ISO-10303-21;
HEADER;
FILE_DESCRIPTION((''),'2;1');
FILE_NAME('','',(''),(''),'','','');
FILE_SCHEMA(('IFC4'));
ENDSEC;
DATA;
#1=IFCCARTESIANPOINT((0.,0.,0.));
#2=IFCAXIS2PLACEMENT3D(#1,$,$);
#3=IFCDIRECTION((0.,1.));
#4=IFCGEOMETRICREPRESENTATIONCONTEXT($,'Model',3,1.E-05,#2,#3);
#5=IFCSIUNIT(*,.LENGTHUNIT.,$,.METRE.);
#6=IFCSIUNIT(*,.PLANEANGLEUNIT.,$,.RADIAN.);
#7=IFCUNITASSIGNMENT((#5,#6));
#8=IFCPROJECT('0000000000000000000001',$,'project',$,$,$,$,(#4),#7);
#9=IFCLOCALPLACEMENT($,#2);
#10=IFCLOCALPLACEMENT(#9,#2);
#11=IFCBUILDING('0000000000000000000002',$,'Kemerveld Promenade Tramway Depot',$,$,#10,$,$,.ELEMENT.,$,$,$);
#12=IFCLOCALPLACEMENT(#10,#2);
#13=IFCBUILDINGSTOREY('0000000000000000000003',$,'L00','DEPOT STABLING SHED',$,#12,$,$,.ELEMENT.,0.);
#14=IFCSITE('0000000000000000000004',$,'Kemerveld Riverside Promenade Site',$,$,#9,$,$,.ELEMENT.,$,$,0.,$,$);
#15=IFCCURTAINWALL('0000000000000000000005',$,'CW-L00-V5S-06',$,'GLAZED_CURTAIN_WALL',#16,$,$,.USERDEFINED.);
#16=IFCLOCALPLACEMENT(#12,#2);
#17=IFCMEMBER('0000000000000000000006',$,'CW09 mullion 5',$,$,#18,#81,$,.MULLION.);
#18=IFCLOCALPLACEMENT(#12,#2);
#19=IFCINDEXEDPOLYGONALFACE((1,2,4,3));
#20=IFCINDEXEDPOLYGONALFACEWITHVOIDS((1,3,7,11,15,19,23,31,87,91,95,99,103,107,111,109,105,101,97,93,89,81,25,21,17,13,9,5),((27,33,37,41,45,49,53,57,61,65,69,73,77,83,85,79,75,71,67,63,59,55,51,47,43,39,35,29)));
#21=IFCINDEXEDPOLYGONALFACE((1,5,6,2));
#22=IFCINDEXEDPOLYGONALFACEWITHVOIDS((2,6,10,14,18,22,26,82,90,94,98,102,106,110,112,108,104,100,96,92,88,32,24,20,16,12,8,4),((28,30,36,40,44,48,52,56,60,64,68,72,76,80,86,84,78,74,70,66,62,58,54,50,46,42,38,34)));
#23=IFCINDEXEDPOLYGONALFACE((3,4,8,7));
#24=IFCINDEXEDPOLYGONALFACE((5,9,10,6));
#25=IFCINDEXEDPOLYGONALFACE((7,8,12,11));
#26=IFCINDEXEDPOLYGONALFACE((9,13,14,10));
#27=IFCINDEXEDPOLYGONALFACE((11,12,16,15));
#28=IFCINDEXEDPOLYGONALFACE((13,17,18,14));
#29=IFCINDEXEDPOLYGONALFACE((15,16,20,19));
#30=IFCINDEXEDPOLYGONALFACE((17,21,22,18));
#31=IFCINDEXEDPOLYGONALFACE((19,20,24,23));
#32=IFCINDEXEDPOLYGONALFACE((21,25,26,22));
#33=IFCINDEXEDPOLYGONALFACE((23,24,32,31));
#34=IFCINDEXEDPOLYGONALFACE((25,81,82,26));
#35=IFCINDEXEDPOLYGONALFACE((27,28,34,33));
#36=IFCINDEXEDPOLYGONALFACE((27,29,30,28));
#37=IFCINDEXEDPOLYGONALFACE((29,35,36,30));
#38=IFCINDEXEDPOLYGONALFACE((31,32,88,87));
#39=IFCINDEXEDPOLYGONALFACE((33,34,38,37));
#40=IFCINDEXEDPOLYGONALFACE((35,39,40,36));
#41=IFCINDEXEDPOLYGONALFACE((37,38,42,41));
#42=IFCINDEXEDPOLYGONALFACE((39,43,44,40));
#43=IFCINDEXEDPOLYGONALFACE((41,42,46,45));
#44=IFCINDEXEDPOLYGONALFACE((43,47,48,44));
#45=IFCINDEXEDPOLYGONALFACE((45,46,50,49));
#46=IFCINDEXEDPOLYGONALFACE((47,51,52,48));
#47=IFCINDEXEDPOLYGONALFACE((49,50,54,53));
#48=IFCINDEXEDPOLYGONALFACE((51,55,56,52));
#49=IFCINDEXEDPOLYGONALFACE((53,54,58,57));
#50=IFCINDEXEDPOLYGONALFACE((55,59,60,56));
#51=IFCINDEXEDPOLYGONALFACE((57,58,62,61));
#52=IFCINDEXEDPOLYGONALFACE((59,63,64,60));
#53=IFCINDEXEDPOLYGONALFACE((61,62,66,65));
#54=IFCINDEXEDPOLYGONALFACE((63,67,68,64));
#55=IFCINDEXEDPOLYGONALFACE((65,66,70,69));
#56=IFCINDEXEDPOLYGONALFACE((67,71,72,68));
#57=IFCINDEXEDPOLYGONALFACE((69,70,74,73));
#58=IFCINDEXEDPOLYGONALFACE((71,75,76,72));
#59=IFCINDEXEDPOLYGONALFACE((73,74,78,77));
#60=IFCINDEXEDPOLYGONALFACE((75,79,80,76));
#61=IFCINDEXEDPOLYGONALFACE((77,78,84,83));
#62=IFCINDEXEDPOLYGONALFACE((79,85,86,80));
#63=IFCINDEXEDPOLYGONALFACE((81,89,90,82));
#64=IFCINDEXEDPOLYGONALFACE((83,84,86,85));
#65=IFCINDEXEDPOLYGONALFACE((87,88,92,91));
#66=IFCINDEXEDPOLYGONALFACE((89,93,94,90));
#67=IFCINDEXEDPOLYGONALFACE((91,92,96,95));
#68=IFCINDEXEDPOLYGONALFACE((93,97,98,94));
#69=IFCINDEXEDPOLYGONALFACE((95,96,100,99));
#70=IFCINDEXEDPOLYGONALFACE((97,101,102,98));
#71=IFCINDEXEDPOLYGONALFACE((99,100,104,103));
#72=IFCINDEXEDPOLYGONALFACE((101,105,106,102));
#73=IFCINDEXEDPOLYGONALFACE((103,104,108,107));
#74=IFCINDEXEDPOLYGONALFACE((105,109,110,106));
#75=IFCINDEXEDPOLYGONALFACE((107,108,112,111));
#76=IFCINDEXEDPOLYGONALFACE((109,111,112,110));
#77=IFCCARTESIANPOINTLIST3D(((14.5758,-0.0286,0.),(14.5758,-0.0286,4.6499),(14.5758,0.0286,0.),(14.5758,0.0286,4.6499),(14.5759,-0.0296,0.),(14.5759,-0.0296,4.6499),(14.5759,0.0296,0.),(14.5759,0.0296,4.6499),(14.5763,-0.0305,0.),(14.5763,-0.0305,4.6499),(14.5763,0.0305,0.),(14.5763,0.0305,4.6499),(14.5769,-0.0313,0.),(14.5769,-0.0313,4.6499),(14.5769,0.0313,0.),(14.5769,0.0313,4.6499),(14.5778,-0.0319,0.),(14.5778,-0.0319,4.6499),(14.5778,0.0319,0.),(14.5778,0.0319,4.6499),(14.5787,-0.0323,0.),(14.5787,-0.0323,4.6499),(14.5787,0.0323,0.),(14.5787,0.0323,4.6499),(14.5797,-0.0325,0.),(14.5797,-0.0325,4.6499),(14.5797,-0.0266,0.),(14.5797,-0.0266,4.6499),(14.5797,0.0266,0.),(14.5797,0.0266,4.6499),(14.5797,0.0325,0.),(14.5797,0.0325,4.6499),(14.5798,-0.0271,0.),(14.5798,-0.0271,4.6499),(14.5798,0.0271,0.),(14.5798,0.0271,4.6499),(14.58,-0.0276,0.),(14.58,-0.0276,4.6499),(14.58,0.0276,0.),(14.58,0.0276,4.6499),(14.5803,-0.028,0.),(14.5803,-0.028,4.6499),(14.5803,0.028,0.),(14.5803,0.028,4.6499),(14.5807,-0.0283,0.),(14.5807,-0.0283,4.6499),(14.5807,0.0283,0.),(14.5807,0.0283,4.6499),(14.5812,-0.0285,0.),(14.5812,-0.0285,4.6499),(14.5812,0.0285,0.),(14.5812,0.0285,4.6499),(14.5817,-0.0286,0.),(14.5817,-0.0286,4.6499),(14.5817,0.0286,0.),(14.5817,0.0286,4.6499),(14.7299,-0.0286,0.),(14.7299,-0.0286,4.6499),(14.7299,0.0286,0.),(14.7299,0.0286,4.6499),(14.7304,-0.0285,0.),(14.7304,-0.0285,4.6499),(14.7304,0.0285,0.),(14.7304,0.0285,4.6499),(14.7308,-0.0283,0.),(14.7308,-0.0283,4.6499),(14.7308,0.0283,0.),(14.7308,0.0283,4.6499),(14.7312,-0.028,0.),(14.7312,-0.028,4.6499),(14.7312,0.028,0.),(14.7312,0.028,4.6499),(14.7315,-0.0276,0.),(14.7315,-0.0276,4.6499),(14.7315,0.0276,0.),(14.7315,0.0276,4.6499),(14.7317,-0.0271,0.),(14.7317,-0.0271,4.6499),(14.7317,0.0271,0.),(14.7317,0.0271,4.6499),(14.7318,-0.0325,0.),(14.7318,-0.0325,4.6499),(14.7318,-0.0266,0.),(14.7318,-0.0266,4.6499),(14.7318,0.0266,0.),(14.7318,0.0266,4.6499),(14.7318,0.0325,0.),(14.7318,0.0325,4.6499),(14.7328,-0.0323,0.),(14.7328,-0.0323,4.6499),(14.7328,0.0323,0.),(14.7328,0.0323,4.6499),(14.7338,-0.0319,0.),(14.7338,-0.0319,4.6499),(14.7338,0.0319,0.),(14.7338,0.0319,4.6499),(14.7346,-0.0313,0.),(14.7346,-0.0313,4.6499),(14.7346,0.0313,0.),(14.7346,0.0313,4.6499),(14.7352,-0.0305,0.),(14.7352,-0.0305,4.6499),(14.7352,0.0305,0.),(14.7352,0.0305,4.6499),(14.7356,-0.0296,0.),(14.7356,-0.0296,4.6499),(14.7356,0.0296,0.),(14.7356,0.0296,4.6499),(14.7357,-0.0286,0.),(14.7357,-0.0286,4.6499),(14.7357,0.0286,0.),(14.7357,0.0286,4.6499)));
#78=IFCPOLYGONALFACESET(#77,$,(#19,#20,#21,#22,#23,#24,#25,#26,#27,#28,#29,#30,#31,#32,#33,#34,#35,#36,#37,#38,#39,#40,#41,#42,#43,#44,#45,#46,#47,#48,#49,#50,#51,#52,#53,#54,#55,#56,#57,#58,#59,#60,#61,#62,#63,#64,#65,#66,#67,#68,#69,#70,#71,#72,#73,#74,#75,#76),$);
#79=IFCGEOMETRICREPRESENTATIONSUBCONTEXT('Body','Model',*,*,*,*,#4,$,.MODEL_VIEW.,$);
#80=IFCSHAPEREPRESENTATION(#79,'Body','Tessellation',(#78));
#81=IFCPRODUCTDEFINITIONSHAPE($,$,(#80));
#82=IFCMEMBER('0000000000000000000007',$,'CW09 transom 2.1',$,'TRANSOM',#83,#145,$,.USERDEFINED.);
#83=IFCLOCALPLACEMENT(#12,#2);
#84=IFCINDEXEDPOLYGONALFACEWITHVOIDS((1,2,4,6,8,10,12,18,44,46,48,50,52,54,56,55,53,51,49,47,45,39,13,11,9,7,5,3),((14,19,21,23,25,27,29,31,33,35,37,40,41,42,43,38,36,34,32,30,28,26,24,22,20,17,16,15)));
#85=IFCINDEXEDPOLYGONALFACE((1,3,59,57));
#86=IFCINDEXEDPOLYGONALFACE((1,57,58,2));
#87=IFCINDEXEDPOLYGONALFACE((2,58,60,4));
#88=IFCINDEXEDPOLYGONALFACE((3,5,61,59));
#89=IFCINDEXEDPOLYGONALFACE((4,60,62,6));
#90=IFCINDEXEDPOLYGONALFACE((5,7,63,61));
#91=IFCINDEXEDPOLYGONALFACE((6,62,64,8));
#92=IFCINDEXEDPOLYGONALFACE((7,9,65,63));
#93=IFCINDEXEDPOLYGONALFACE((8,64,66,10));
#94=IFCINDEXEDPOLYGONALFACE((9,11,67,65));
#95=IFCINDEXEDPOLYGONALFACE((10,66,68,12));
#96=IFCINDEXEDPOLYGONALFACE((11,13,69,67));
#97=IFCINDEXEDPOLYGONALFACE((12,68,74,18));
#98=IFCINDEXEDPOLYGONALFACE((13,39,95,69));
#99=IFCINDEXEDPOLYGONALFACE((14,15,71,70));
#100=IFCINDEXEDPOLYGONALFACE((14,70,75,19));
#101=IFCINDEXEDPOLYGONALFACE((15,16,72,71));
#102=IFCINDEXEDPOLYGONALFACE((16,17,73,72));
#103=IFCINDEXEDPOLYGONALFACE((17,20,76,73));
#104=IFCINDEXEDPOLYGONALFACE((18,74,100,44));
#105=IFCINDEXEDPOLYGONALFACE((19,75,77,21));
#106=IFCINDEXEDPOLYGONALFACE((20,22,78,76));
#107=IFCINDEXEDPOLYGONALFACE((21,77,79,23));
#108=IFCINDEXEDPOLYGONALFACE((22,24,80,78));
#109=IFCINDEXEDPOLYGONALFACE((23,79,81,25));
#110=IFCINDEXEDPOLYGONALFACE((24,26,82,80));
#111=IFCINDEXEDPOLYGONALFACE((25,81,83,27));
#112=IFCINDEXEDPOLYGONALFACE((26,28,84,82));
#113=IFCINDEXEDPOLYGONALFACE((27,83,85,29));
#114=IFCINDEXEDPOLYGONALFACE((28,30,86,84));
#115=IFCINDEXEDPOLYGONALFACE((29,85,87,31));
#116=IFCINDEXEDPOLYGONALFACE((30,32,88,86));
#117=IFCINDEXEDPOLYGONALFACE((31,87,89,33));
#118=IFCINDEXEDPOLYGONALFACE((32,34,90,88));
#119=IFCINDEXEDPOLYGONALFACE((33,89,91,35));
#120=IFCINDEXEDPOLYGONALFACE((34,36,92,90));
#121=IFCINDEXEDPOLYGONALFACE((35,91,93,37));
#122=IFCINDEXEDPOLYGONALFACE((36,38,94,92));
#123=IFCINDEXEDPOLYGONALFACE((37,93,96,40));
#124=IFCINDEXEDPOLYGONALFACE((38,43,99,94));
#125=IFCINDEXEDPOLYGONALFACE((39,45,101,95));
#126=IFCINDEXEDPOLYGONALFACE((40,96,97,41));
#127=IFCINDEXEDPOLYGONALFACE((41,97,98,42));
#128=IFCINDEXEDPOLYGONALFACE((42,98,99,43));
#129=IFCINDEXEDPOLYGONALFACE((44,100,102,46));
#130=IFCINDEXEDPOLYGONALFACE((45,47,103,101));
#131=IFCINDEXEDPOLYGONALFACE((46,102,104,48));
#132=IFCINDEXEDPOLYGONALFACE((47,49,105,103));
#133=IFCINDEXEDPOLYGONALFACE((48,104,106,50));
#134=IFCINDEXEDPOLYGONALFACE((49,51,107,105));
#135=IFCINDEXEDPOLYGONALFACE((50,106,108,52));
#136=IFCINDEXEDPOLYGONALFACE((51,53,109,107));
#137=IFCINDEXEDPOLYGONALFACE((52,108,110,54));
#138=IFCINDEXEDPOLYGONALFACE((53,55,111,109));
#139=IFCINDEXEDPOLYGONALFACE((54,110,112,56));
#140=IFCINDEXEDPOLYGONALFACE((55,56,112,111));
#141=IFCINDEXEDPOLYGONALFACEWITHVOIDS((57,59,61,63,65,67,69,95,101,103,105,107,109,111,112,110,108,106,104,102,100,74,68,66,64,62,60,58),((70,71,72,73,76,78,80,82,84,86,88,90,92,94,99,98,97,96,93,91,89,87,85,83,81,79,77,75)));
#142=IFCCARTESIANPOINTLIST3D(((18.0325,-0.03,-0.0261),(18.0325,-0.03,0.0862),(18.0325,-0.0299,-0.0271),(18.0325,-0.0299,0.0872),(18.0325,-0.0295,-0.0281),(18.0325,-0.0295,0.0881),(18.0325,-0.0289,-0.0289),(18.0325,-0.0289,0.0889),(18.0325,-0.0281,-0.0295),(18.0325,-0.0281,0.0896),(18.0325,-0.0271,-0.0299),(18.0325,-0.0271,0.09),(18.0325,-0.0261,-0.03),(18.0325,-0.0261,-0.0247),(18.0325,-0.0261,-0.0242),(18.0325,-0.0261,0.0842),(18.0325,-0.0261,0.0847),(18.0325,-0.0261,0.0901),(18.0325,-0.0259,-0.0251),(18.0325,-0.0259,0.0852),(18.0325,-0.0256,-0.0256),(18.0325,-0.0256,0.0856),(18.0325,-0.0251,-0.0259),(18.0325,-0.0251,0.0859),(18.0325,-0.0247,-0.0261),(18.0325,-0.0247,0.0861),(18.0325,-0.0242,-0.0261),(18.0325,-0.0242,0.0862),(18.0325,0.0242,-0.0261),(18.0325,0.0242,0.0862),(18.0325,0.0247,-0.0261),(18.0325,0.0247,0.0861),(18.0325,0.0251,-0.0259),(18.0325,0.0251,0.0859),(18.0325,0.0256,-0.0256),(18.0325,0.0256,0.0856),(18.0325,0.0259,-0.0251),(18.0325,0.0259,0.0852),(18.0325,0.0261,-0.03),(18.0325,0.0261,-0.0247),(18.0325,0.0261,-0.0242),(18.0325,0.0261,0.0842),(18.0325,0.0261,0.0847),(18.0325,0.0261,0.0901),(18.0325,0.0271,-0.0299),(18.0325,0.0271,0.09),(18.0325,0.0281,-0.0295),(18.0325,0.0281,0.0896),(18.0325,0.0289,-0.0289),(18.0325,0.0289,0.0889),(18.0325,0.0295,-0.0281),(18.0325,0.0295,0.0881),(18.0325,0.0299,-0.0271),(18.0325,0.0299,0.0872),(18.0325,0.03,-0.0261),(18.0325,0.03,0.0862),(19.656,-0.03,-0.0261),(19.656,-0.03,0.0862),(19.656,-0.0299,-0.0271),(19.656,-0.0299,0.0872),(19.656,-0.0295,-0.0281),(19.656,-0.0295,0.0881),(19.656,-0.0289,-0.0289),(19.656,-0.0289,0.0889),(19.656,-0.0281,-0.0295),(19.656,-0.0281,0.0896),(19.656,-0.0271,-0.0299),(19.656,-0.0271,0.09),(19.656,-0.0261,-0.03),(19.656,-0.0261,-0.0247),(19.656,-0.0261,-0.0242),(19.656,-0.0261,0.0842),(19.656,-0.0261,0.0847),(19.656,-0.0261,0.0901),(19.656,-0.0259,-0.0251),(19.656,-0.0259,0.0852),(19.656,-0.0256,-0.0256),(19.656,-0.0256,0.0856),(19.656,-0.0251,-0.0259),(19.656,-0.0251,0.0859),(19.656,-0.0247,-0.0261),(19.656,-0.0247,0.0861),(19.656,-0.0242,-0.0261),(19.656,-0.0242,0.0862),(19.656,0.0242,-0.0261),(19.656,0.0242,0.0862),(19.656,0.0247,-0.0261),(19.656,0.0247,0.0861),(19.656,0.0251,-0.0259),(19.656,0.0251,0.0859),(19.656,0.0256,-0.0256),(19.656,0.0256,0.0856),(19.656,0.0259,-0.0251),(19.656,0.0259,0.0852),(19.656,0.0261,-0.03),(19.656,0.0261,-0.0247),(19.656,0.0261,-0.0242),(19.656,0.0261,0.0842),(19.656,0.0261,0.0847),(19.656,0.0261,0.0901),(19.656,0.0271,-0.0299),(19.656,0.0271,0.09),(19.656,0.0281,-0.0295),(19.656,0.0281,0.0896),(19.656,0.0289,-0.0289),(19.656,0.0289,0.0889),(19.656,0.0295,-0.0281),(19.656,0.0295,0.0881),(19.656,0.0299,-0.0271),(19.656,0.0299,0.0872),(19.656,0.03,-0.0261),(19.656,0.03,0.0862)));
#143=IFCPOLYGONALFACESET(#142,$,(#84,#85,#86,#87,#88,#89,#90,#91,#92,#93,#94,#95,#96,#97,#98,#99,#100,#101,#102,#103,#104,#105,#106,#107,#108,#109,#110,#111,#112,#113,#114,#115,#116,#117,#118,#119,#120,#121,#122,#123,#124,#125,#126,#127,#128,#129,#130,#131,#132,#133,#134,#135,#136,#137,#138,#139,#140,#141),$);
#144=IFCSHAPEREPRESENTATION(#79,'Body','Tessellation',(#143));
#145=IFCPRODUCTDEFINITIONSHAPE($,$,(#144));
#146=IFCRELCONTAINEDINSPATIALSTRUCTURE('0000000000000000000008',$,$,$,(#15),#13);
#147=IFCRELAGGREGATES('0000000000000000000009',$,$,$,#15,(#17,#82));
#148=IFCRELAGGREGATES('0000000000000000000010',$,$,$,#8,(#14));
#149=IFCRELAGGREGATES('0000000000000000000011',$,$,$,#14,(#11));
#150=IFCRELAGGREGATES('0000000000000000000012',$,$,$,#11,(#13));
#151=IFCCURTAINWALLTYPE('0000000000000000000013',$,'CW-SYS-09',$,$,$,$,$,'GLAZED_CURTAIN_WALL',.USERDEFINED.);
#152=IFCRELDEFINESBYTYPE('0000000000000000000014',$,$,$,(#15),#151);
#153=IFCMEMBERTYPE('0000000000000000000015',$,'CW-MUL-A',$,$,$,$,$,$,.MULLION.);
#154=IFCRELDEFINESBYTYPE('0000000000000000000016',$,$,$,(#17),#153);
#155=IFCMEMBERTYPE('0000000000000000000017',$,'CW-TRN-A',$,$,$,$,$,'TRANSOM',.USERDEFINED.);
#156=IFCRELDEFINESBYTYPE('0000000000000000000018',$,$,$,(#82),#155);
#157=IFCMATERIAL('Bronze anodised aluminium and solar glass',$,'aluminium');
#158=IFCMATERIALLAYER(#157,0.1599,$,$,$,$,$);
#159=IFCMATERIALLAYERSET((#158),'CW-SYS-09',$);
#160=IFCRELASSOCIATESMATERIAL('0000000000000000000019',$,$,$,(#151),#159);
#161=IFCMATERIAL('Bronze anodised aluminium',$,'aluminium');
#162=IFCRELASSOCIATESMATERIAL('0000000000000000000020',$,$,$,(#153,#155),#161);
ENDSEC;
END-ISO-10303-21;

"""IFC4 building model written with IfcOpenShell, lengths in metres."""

from ifc_helpers import new_model, si_unit, direction, frame, origin, origin_2d, place, context, subcontext, project, spatial, hollow_rectangle, extrude, material, layer, layer_set, material_profile, profile_set, type_object, element, aggregate, save


model = new_model("IFC4")

# Units and contexts
model_context = context("Model", 3, precision=1e-05, world=origin(), true_north=direction((0.0, 1.0)))
body_context = subcontext(model_context, "Body", "Model", "MODEL_VIEW")
ifc_project = project(units=[si_unit("LENGTHUNIT", "METRE"), si_unit("PLANEANGLEUNIT", "RADIAN")], contexts=[model_context])

# Site, building, storey
site_placement = place(None, origin())
site = spatial("IfcSite", under=ifc_project, at=site_placement, Name="Kemerveld Riverside Promenade Site", CompositionType="ELEMENT", RefElevation=0.0)
building_placement = place(site_placement, origin())
building = spatial("IfcBuilding", under=site, at=building_placement, Name="Kemerveld Promenade Tramway Depot", CompositionType="ELEMENT")
storey_placement = place(building_placement, origin())
storey = spatial("IfcBuildingStorey", under=building, at=storey_placement, Name="L00", Description="DEPOT STABLING SHED", CompositionType="ELEMENT", Elevation=0.0)

# Curtain wall, members
ifc_material_1 = material(Name="Bronze anodised aluminium and solar glass", Category="aluminium")
ifc_layer_1 = layer(ifc_material_1, 0.1599)
ifc_layer_set_1 = layer_set([ifc_layer_1], Name="CW-SYS-09")
curtain_wall_type = type_object("IfcCurtainWallType", Name="CW-SYS-09", ElementType="GLAZED_CURTAIN_WALL", PredefinedType="USERDEFINED", material=ifc_layer_set_1)
curtain_wall_placement = place(storey_placement, origin())
curtain_wall = element("IfcCurtainWall", 1, at=curtain_wall_placement, inside=storey, type_object=curtain_wall_type, Name="CW-L00-V5S-06", ObjectType="GLAZED_CURTAIN_WALL", PredefinedType="USERDEFINED")
ifc_material_2 = material(Name="Bronze anodised aluminium", Category="aluminium")
ifc_material_profile_1 = material_profile(ifc_material_2, hollow_rectangle(XDim=0.0649, YDim=0.1599, WallThickness=0.0039, InnerFilletRadius=0.002, OuterFilletRadius=0.0039, at=origin_2d()), Name="CW-MUL-160x65")
ifc_profile_set_1 = profile_set([ifc_material_profile_1], Name="Bronze anodised aluminium")
member_type_1 = type_object("IfcMemberType", Name="CW-MUL-A", PredefinedType="MULLION", material=ifc_profile_set_1)
member_1_placement = place(storey_placement, frame((14.6558, 0.0, 0.0), z_axis=(0.0, 0.0, 1.0), x_axis=(0.0, -1.0, 0.0)))
member_1 = element("IfcMember", 2, at=member_1_placement, type_object=member_type_1, Name="CW09 mullion 5", PredefinedType="MULLION", context=body_context, shape_type="SweptSolid", body=[
    extrude(hollow_rectangle(XDim=0.0649, YDim=0.1599, WallThickness=0.0039, InnerFilletRadius=0.002, OuterFilletRadius=0.0039, at=origin_2d()), origin(), (0.0, 0.0, 1.0), 4.6499),
])
ifc_material_profile_2 = material_profile(ifc_material_2, hollow_rectangle(XDim=0.0601, YDim=0.1201, WallThickness=0.0039, InnerFilletRadius=0.002, OuterFilletRadius=0.0039, at=origin_2d()), Name="CW-TRN-120x60")
ifc_profile_set_2 = profile_set([ifc_material_profile_2], Name="Bronze anodised aluminium")
member_type_2 = type_object("IfcMemberType", Name="CW-TRN-A", ElementType="TRANSOM", PredefinedType="USERDEFINED", material=ifc_profile_set_2)
member_2_placement = place(storey_placement, frame((19.656, 0.0, 0.03), z_axis=(-1.0, 0.0, 0.0), x_axis=(0.0, -1.0, 0.0)))
member_2 = element("IfcMember", 3, at=member_2_placement, type_object=member_type_2, Name="CW09 transom 2.1", ObjectType="TRANSOM", PredefinedType="USERDEFINED", context=body_context, shape_type="SweptSolid", body=[
    extrude(hollow_rectangle(XDim=0.0601, YDim=0.1201, WallThickness=0.0039, InnerFilletRadius=0.002, OuterFilletRadius=0.0039, at=origin_2d()), origin(), (0.0, 0.0, 1.0), 1.6235),
])
aggregate(curtain_wall, [member_1, member_2])

save(model, "model.ifc")
